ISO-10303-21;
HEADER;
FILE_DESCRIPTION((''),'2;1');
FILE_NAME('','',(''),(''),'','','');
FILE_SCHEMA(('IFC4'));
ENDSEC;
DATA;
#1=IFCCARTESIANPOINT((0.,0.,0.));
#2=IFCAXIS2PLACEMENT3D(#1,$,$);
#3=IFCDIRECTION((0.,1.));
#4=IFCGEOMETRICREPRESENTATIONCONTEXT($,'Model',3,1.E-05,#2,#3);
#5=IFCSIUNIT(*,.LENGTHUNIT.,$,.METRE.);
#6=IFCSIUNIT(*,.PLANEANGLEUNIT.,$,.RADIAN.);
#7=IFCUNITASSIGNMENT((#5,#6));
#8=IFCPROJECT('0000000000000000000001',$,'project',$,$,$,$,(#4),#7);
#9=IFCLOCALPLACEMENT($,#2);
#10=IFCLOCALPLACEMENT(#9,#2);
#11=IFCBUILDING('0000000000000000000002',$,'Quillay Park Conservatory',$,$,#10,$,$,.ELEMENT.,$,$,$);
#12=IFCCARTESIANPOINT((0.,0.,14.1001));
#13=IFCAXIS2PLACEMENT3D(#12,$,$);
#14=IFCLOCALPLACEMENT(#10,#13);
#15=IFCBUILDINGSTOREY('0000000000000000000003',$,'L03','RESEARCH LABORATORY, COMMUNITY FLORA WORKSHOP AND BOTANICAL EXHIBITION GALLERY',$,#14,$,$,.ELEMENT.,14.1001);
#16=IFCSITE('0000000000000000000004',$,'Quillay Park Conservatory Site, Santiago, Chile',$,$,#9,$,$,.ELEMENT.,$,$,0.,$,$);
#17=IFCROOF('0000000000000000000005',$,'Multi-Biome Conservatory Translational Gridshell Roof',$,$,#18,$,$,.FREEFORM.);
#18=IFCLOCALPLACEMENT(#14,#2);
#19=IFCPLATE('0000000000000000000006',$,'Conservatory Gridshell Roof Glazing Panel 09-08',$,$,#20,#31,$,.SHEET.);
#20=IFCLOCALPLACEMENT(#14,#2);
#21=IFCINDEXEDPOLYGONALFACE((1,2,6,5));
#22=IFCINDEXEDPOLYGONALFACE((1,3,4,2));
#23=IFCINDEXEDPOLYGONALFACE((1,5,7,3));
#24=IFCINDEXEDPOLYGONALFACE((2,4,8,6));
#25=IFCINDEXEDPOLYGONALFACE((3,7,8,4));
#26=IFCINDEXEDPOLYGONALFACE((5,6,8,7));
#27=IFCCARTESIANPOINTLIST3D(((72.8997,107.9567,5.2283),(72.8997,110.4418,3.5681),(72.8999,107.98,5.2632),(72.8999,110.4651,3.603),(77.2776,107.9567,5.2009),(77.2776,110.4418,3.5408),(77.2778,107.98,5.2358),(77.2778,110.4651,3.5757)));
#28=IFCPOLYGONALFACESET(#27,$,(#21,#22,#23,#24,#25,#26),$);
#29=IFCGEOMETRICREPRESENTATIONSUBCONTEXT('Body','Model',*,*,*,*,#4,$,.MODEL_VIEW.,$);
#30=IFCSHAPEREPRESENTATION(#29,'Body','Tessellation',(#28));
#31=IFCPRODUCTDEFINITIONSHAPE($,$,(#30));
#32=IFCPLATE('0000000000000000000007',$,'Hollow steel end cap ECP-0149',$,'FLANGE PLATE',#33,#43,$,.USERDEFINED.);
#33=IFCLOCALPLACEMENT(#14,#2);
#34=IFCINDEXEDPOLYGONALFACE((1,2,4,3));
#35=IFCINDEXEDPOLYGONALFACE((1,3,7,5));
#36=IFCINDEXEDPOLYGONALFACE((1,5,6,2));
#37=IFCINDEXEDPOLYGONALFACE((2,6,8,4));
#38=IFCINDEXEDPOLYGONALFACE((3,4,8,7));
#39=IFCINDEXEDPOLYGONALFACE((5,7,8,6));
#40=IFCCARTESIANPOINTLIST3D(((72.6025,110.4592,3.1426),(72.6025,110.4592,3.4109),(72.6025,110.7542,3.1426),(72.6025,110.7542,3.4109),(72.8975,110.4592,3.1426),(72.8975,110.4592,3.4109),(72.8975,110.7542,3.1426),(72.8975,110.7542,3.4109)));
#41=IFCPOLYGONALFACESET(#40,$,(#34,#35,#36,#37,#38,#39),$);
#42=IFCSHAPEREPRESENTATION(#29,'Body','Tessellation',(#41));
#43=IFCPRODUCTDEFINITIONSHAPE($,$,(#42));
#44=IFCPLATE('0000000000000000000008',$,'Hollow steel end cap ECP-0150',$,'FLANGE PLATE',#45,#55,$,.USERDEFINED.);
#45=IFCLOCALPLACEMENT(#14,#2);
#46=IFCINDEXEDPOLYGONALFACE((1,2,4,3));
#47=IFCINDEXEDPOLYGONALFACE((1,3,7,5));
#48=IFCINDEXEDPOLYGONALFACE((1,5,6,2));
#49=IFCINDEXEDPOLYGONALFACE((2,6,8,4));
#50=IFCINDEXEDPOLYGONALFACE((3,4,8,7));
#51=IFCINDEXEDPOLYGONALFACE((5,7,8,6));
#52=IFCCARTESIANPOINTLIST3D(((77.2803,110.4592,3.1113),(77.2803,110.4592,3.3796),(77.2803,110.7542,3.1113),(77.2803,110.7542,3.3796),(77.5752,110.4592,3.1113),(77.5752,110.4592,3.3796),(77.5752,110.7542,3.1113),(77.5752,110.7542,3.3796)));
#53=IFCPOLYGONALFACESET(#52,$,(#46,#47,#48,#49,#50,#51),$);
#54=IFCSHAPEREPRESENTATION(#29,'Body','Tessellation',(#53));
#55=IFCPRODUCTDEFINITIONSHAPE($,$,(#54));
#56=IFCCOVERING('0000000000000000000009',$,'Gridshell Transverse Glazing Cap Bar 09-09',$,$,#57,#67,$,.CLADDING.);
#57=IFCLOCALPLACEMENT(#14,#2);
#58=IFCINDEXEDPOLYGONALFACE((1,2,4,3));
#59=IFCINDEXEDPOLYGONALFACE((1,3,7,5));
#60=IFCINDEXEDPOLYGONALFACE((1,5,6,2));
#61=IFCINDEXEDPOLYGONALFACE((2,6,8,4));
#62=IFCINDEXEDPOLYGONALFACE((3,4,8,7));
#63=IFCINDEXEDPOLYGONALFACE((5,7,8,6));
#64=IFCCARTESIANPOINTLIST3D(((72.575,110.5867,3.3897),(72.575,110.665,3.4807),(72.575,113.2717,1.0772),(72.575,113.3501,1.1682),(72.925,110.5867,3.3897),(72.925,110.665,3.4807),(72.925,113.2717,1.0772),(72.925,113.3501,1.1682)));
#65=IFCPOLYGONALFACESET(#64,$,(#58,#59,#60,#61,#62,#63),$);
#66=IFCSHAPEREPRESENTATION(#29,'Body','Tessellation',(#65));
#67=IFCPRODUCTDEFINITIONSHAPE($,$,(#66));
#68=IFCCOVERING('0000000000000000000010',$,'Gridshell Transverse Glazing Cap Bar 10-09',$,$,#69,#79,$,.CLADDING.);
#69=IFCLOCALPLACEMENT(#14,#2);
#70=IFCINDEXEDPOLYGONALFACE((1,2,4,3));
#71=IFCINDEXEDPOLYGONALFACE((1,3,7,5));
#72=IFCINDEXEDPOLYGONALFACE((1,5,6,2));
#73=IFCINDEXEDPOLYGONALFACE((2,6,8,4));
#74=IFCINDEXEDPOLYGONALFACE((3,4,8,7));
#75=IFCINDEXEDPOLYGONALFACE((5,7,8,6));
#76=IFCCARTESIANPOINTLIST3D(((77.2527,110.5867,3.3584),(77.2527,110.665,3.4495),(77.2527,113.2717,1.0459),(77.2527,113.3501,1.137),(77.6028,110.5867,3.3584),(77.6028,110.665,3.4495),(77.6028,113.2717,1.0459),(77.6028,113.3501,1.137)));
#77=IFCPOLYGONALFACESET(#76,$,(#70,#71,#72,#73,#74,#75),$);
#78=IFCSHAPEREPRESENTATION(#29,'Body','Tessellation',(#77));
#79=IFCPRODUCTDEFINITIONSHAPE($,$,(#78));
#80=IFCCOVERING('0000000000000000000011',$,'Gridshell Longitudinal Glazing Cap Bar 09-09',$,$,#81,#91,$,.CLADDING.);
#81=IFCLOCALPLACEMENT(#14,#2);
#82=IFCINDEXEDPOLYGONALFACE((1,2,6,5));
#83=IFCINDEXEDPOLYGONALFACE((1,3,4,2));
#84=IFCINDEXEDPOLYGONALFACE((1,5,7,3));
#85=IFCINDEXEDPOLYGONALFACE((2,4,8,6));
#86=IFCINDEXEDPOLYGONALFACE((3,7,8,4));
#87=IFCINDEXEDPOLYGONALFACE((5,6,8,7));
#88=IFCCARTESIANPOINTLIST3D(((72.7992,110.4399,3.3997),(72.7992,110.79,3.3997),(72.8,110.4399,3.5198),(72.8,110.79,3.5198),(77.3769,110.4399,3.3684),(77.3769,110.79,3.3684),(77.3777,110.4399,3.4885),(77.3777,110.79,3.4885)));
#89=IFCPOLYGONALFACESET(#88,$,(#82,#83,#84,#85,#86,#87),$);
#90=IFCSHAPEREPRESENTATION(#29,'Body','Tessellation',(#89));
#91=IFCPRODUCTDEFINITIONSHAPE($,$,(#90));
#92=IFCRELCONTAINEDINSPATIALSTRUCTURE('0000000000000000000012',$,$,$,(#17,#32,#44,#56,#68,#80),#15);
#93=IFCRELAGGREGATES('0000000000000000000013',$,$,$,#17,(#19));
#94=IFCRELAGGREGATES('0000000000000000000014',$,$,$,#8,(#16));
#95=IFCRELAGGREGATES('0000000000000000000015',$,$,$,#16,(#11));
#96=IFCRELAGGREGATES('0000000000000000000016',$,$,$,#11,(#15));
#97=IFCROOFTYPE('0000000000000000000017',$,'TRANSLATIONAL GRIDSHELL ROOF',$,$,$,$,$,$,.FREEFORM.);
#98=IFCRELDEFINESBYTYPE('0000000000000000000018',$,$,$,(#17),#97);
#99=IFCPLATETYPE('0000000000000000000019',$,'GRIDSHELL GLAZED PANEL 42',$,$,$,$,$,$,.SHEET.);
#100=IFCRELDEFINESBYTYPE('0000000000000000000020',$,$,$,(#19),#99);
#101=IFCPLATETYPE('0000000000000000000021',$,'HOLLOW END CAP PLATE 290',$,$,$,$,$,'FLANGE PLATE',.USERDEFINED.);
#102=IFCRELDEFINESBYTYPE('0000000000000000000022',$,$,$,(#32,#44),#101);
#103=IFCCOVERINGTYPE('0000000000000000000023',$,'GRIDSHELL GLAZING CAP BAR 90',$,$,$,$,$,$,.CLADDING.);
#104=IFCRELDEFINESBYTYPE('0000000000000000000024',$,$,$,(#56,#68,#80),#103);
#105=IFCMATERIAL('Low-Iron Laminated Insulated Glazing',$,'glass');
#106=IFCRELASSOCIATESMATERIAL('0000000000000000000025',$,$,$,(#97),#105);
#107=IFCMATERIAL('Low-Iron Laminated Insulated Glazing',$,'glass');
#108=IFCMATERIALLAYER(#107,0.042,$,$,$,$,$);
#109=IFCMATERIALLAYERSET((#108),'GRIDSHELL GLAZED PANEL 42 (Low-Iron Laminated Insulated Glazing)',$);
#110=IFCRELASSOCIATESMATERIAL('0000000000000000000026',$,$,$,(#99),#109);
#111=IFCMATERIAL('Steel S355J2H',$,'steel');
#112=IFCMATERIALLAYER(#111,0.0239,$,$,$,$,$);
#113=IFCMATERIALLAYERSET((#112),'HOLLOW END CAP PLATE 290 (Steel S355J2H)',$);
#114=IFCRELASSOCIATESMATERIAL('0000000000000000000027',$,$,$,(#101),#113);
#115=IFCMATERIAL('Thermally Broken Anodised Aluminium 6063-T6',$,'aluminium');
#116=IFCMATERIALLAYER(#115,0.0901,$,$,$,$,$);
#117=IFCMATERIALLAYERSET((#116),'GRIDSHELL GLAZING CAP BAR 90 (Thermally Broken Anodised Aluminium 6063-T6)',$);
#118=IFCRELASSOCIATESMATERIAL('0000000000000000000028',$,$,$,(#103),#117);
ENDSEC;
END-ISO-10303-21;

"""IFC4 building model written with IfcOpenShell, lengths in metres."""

from ifc_helpers import new_model, si_unit, direction, frame, origin, origin_2d, place, context, subcontext, project, spatial, polyline, rectangle, outline, extrude, material, layer, layer_set, type_object, element, aggregate, save


model = new_model("IFC4")

# Units and contexts
model_context = context("Model", 3, precision=1e-05, world=origin(), true_north=direction((0.0, 1.0)))
body_context = subcontext(model_context, "Body", "Model", "MODEL_VIEW")
ifc_project = project(units=[si_unit("LENGTHUNIT", "METRE"), si_unit("PLANEANGLEUNIT", "RADIAN")], contexts=[model_context])

# Site, building, storey
site_placement = place(None, origin())
site = spatial("IfcSite", under=ifc_project, at=site_placement, Name="Quillay Park Conservatory Site, Santiago, Chile", CompositionType="ELEMENT", RefElevation=0.0)
building_placement = place(site_placement, origin())
building = spatial("IfcBuilding", under=site, at=building_placement, Name="Quillay Park Conservatory", CompositionType="ELEMENT")
storey_placement = place(building_placement, frame((0.0, 0.0, 14.1001)))
storey = spatial("IfcBuildingStorey", under=building, at=storey_placement, Name="L03", Description="RESEARCH LABORATORY, COMMUNITY FLORA WORKSHOP AND BOTANICAL EXHIBITION GALLERY", CompositionType="ELEMENT", Elevation=14.1001)

# Roof, plate
ifc_material_1 = material(Name="Low-Iron Laminated Insulated Glazing", Category="glass")
roof_type = type_object("IfcRoofType", Name="TRANSLATIONAL GRIDSHELL ROOF", PredefinedType="FREEFORM", material=ifc_material_1)
roof_placement = place(storey_placement, origin())
roof = element("IfcRoof", 1, at=roof_placement, inside=storey, type_object=roof_type, Name="Multi-Biome Conservatory Translational Gridshell Roof", PredefinedType="FREEFORM")
ifc_material_2 = material(Name="Low-Iron Laminated Insulated Glazing", Category="glass")
ifc_layer_1 = layer(ifc_material_2, 0.042)
ifc_layer_set_1 = layer_set([ifc_layer_1], Name="GRIDSHELL GLAZED PANEL 42 (Low-Iron Laminated Insulated Glazing)")
plate_type_1 = type_object("IfcPlateType", Name="GRIDSHELL GLAZED PANEL 42", PredefinedType="SHEET", material=ifc_layer_set_1)
plate_1_placement = place(storey_placement, frame((72.8999, 107.98, 5.2632), z_axis=(0.005193, 0.555484, 0.831511), x_axis=(0.99998, 0.0, -0.006246)))
plate_1 = element("IfcPlate", 2, at=plate_1_placement, type_object=plate_type_1, Name="Conservatory Gridshell Roof Glazing Panel 09-08", PredefinedType="SHEET", context=body_context, shape_type="SweptSolid", body=[
    extrude(outline(polyline([(0.0, 0.0), (4.378, 0.0), (4.3884, 2.9886), (0.0104, 2.9886), (0.0, 0.0)])), origin(), (0.0, 0.0, -1.0), 0.042),
])
aggregate(roof, [plate_1])

# Plates
ifc_material_3 = material(Name="Steel S355J2H", Category="steel")
ifc_layer_2 = layer(ifc_material_3, 0.0239)
ifc_layer_set_2 = layer_set([ifc_layer_2], Name="HOLLOW END CAP PLATE 290 (Steel S355J2H)")
plate_type_2 = type_object("IfcPlateType", Name="HOLLOW END CAP PLATE 290", ElementType="FLANGE PLATE", PredefinedType="USERDEFINED", material=ifc_layer_set_2)
for number, where, z_axis, x_axis, name in (
    (3, (72.75, 110.6067, 3.1426), (0.0, 0.0, 1.0), (1.0, 0.0, 0.0), "Hollow steel end cap ECP-0149"),
    (4, (77.4277, 110.6067, 3.1113), (0.0, 0.0, 1.0), (1.0, 0.0, 0.0), "Hollow steel end cap ECP-0150"),
):
    element("IfcPlate", number, at=place(storey_placement, frame(where, z_axis=z_axis, x_axis=x_axis)), inside=storey, type_object=plate_type_2, Name=name, ObjectType="FLANGE PLATE", PredefinedType="USERDEFINED", context=body_context, shape_type="SweptSolid", body=[
        extrude(rectangle(XDim=0.2949, YDim=0.2949, at=origin_2d()), origin(), (0.0, 0.0, 1.0), 0.2683),
    ])

# Coverings
ifc_material_4 = material(Name="Thermally Broken Anodised Aluminium 6063-T6", Category="aluminium")
ifc_layer_3 = layer(ifc_material_4, 0.0901)
ifc_layer_set_3 = layer_set([ifc_layer_3], Name="GRIDSHELL GLAZING CAP BAR 90 (Thermally Broken Anodised Aluminium 6063-T6)")
covering_type = type_object("IfcCoveringType", Name="GRIDSHELL GLAZING CAP BAR 90", PredefinedType="CLADDING", material=ifc_layer_set_3)
for number, where, z_axis, x_axis, name in (
    (5, (72.575, 110.665, 3.4807), (0.0, 0.652582, 0.757718), (1.0, 0.0, 0.0), "Gridshell Transverse Glazing Cap Bar 09-09"),
    (6, (77.2527, 110.665, 3.4495), (0.0, 0.652582, 0.757718), (1.0, 0.0, 0.0), "Gridshell Transverse Glazing Cap Bar 10-09"),
):
    element("IfcCovering", number, at=place(storey_placement, frame(where, z_axis=z_axis, x_axis=x_axis)), inside=storey, type_object=covering_type, Name=name, PredefinedType="CLADDING", context=body_context, shape_type="SweptSolid", body=[
        extrude(outline(polyline([(0.0, 0.0), (0.3501, 0.0), (0.3501, 3.5436), (0.0, 3.5436), (0.0, 0.0)])), origin(), (0.0, 0.0, -1.0), 0.1201),
    ])
covering_placement = place(storey_placement, frame((72.8, 110.4399, 3.5198), z_axis=(0.006827, 0.0, 0.999977), x_axis=(0.999977, 0.0, -0.006827)))
element("IfcCovering", 7, at=covering_placement, inside=storey, type_object=covering_type, Name="Gridshell Longitudinal Glazing Cap Bar 09-09", PredefinedType="CLADDING", context=body_context, shape_type="SweptSolid", body=[
    extrude(outline(polyline([(0.0, 0.0), (4.5777, 0.0), (4.5777, 0.3501), (0.0, 0.3501), (0.0, 0.0)])), origin(), (0.0, 0.0, -1.0), 0.1201),
])

save(model, "model.ifc")
